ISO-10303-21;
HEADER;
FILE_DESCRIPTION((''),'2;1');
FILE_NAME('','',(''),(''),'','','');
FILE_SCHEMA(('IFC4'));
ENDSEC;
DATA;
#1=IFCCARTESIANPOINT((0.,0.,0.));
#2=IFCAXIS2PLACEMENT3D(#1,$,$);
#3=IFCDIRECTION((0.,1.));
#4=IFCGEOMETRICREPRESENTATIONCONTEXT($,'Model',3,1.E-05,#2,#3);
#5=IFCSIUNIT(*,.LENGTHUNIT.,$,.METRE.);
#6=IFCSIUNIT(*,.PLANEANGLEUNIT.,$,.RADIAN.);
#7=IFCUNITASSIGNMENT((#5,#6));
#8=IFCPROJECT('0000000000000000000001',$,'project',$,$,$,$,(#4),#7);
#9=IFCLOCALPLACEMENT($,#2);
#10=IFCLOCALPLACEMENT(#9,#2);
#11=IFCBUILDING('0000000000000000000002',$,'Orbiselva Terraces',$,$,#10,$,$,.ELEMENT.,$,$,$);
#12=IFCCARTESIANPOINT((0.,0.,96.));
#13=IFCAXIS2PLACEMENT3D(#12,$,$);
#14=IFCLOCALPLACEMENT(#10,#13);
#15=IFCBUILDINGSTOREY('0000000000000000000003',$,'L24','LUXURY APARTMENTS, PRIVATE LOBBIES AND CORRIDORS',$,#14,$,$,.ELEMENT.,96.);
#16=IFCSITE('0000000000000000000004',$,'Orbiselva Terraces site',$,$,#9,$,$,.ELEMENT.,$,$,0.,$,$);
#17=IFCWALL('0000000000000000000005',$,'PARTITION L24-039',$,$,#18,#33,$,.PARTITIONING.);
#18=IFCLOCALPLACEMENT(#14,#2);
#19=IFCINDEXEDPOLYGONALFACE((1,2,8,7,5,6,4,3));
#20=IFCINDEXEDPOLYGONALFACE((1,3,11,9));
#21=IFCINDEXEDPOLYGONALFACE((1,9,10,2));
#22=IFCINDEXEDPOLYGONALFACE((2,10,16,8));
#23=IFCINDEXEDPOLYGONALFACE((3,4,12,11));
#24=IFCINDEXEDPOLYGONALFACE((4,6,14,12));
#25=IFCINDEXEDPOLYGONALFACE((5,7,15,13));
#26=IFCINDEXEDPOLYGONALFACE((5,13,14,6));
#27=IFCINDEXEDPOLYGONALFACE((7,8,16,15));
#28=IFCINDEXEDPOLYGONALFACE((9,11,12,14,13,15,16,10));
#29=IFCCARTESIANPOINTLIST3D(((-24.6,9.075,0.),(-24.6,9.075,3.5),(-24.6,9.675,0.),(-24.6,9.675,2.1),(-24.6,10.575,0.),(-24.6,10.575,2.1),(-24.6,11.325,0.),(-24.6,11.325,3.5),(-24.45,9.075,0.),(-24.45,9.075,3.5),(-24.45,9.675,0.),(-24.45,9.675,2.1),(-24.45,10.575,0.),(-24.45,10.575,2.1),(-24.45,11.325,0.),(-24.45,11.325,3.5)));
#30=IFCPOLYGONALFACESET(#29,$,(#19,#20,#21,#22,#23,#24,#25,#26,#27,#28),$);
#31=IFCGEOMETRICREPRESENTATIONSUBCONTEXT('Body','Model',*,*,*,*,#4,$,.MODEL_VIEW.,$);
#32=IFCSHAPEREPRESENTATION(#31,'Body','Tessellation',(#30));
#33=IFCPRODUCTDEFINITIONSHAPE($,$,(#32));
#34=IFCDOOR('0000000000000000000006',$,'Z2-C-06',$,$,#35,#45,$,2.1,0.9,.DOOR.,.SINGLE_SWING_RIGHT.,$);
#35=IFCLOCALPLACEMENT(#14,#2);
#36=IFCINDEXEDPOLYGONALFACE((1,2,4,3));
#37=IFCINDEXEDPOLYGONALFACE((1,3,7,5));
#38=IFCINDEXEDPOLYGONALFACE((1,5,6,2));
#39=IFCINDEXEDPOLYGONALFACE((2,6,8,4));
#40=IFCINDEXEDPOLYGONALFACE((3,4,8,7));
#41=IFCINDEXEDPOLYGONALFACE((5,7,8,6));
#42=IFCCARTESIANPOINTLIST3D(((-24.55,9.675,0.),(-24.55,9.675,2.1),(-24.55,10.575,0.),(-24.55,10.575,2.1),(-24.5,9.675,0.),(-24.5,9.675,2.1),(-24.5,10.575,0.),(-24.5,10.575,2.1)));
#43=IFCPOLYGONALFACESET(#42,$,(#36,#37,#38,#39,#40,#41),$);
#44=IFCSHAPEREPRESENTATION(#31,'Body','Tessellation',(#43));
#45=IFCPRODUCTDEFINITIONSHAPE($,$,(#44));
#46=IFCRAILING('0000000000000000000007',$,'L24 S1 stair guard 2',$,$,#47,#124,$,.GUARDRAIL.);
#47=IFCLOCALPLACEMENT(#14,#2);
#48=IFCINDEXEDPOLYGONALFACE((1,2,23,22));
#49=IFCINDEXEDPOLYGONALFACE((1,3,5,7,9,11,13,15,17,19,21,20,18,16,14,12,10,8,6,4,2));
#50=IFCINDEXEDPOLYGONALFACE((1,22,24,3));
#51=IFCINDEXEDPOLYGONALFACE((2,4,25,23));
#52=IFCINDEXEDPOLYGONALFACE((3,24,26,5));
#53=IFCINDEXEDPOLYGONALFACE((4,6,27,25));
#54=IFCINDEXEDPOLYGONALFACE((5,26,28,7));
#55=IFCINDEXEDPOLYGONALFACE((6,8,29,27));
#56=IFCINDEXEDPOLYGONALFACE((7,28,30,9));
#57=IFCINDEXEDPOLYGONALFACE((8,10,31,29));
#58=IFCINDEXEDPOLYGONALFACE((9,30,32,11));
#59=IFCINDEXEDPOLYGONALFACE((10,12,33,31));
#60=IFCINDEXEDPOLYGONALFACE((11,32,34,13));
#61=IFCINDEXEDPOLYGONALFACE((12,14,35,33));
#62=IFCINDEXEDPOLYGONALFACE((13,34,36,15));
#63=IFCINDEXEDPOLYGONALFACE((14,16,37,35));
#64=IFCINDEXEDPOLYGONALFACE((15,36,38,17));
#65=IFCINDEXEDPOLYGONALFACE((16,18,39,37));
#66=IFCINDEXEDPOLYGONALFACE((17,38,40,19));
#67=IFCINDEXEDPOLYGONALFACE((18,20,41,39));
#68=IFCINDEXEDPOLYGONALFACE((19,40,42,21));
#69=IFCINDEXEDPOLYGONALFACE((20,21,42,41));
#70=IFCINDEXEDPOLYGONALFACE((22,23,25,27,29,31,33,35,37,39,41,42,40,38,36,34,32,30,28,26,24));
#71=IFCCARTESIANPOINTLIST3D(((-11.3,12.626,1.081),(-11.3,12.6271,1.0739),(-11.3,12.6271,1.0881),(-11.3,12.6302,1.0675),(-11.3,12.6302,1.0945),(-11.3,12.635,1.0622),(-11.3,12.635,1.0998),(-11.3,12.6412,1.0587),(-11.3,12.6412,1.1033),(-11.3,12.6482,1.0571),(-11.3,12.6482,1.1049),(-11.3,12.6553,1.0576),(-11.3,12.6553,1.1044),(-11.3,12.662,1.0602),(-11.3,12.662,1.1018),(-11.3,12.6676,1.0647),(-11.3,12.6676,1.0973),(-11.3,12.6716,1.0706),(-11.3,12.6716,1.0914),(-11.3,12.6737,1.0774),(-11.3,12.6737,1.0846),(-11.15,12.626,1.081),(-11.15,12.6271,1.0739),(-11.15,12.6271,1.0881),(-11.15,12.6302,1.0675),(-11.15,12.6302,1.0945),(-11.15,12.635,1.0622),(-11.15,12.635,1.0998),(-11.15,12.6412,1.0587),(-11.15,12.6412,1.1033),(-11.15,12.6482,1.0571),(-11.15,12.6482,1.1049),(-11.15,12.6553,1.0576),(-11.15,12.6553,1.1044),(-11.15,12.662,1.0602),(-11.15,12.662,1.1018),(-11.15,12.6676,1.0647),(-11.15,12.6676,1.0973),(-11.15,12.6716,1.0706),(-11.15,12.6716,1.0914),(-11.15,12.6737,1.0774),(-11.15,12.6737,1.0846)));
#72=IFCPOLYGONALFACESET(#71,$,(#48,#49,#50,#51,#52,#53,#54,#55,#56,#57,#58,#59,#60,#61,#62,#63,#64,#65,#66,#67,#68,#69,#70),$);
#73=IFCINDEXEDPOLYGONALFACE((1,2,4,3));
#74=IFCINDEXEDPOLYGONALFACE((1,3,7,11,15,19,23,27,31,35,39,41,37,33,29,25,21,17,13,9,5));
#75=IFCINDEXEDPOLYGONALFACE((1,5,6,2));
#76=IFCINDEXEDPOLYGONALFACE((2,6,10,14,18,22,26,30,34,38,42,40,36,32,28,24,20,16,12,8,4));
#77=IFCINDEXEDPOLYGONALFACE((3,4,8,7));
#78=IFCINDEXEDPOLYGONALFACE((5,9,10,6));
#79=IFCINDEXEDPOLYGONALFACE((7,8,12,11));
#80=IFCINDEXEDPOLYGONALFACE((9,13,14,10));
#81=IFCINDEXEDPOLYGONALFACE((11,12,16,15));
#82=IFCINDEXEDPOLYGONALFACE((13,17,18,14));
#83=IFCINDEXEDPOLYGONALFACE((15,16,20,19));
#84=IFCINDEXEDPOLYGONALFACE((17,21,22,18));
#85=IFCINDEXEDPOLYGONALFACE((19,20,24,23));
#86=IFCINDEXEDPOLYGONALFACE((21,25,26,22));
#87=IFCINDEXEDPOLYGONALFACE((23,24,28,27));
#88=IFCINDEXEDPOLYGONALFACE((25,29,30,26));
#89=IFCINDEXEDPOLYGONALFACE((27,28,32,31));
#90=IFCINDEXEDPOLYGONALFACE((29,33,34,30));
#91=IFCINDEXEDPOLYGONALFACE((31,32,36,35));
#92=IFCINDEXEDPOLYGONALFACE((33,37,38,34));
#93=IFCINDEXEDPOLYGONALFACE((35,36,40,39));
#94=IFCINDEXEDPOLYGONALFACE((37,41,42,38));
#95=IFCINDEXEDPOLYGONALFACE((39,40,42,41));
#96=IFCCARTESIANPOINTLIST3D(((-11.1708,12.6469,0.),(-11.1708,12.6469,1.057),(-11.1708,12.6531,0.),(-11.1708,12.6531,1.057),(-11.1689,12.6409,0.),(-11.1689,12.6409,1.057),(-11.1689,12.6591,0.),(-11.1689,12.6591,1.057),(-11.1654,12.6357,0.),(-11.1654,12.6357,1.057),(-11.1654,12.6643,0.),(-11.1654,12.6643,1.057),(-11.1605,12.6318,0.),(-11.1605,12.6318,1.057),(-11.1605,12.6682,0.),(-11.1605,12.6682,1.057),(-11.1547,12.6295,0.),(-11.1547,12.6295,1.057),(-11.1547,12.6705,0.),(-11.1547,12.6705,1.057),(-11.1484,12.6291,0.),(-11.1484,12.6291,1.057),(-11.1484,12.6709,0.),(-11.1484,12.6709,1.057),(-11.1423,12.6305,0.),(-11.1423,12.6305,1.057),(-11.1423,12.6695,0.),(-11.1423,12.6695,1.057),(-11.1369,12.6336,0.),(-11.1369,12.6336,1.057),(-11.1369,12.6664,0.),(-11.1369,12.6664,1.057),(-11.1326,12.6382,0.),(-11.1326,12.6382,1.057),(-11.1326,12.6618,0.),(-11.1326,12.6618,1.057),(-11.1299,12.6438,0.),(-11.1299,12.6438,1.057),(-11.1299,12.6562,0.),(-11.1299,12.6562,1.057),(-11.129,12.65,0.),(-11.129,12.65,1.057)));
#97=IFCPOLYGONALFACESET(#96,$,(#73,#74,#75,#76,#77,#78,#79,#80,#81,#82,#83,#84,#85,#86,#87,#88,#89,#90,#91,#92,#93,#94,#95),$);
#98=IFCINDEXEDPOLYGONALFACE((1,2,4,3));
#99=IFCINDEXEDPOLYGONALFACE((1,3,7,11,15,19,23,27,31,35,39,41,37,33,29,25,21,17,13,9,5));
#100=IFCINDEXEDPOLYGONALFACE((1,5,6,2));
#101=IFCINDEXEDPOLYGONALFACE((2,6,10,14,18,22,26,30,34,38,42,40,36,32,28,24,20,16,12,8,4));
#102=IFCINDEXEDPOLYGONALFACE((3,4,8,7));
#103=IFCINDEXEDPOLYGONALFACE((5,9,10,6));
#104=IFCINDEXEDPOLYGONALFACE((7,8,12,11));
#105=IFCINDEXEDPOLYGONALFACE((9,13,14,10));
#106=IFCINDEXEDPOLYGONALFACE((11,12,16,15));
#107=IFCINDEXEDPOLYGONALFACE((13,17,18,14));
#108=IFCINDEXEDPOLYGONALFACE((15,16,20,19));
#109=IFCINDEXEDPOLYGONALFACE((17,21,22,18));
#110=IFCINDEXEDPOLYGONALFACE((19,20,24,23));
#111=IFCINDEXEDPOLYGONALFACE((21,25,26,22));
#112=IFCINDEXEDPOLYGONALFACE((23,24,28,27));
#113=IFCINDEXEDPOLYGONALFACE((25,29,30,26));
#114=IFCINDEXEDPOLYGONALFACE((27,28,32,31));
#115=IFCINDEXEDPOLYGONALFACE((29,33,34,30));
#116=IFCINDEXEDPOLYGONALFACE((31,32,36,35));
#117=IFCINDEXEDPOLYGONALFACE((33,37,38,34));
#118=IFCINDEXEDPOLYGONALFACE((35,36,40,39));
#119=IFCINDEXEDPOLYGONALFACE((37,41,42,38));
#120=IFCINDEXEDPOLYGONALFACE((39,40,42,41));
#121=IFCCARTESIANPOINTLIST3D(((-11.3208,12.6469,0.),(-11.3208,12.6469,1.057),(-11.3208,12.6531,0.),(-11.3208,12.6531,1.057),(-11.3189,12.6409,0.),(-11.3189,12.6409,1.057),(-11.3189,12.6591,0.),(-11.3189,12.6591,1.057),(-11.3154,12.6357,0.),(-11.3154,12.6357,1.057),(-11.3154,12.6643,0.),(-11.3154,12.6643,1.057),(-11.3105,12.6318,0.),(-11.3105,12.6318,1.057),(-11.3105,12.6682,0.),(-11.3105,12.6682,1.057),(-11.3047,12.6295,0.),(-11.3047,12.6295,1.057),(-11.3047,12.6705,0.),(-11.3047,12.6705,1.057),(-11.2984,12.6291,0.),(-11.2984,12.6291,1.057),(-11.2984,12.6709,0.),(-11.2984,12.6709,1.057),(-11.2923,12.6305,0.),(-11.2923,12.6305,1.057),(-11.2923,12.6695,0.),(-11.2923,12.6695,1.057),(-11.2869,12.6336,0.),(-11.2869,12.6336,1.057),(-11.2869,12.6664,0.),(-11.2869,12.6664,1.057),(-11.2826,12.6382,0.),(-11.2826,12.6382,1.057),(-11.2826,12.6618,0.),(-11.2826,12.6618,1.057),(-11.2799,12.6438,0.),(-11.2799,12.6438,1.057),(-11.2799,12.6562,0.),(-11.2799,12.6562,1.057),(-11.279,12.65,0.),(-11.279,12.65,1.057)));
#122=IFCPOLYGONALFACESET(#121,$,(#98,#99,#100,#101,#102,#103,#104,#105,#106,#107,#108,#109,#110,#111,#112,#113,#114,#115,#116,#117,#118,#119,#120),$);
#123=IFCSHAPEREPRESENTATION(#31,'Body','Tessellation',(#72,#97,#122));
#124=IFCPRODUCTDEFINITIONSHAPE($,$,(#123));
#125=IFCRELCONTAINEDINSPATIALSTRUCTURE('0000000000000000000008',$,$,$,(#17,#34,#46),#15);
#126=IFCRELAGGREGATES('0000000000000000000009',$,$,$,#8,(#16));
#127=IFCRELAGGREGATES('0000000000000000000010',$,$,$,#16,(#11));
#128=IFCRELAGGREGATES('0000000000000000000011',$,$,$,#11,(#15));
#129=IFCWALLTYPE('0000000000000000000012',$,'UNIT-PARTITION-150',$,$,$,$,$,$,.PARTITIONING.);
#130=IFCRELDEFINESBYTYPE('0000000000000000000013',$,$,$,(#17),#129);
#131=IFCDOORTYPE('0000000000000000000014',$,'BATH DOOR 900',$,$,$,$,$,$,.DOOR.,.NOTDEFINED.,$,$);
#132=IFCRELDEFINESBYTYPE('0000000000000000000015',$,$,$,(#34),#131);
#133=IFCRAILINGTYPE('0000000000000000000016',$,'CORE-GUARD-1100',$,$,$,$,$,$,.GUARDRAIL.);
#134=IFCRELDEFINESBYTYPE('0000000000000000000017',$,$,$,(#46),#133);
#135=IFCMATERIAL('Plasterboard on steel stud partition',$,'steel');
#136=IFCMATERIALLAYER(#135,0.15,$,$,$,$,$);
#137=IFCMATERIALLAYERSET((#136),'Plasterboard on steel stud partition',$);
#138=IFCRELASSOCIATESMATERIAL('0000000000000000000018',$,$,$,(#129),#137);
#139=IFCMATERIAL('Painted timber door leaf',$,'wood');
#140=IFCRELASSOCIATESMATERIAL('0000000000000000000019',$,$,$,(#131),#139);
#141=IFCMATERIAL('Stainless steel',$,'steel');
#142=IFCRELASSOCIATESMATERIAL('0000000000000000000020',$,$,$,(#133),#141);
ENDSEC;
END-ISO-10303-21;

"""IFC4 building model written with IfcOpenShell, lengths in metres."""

from ifc_helpers import new_model, si_unit, direction, frame, frame_2d, origin, origin_2d, place, context, subcontext, project, spatial, rectangle, circle, extrude, material, layer, layer_set, type_object, element, fill, save


model = new_model("IFC4")

# Units and contexts
model_context = context("Model", 3, precision=1e-05, world=origin(), true_north=direction((0.0, 1.0)))
body_context = subcontext(model_context, "Body", "Model", "MODEL_VIEW")
ifc_project = project(units=[si_unit("LENGTHUNIT", "METRE"), si_unit("PLANEANGLEUNIT", "RADIAN")], contexts=[model_context])

# Site, building, storey
site_placement = place(None, origin())
site = spatial("IfcSite", under=ifc_project, at=site_placement, Name="Orbiselva Terraces site", CompositionType="ELEMENT", RefElevation=0.0)
building_placement = place(site_placement, origin())
building = spatial("IfcBuilding", under=site, at=building_placement, Name="Orbiselva Terraces", CompositionType="ELEMENT")
storey_placement = place(building_placement, frame((0.0, 0.0, 96.0)))
storey = spatial("IfcBuildingStorey", under=building, at=storey_placement, Name="L24", Description="LUXURY APARTMENTS, PRIVATE LOBBIES AND CORRIDORS", CompositionType="ELEMENT", Elevation=96.0)

# Shared definitions
ifc_material_1 = material(Name="Plasterboard on steel stud partition", Category="steel")

# Shared definitions
ifc_material_2 = material(Name="Painted timber door leaf", Category="wood")

# Shared definitions
ifc_layer_1 = layer(ifc_material_1, 0.15)
ifc_layer_set_1 = layer_set([ifc_layer_1], Name="Plasterboard on steel stud partition")
wall_type_1 = type_object("IfcWallType", Name="UNIT-PARTITION-150", PredefinedType="PARTITIONING", material=ifc_layer_set_1)

# Wall, opening, door
door_type_1 = type_object("IfcDoorType", Name="BATH DOOR 900", OperationType="NOTDEFINED", PredefinedType="DOOR", material=ifc_material_2)
wall_1_placement = place(storey_placement, frame((-24.525, 11.325, 0.0), z_axis=(0.0, 0.0, 1.0), x_axis=(0.0, -1.0, 0.0)))
wall_1 = element("IfcWall", 1, at=wall_1_placement, inside=storey, type_object=wall_type_1, Name="PARTITION L24-039", PredefinedType="PARTITIONING", context=body_context, shape_type="SweptSolid", body=[
    extrude(rectangle(XDim=2.25, YDim=0.15, at=frame_2d((1.125, 0.0))), origin(), (0.0, 0.0, 1.0), 3.5),
])
opening_1_placement = place(wall_1_placement, frame((0.75, 0.0, 0.0)))
opening_1 = element("IfcOpeningElement", 2, at=opening_1_placement, cuts=wall_1, PredefinedType="OPENING", context=body_context, shape_type="SweptSolid", body=[
    extrude(rectangle(XDim=0.9, YDim=2.1, at=frame_2d((0.45, 1.05))), frame((0.0, 0.085, 0.0), z_axis=(0.0, -1.0, 0.0), x_axis=(1.0, 0.0, 0.0)), (0.0, 0.0, 1.0), 0.17),
])
door_1_placement = place(opening_1_placement, origin())
door_1 = element("IfcDoor", 3, at=door_1_placement, inside=storey, type_object=door_type_1, Name="Z2-C-06", OperationType="SINGLE_SWING_RIGHT", OverallHeight=2.1, OverallWidth=0.9, PredefinedType="DOOR", context=body_context, shape_type="SweptSolid", body=[
    extrude(rectangle(XDim=0.9, YDim=2.1, at=frame_2d((0.45, 1.05))), frame((0.0, 0.025, 0.0), z_axis=(0.0, -1.0, 0.0), x_axis=(1.0, 0.0, 0.0)), (0.0, 0.0, 1.0), 0.05),
])
fill(opening_1, door_1)

# Railing
ifc_material_3 = material(Name="Stainless steel", Category="steel")
railing_type_1 = type_object("IfcRailingType", Name="CORE-GUARD-1100", PredefinedType="GUARDRAIL", material=ifc_material_3)
railing_1_placement = place(storey_placement, frame((-11.15, 12.65, 0.0)))
element("IfcRailing", 4, at=railing_1_placement, inside=storey, type_object=railing_type_1, Name="L24 S1 stair guard 2", PredefinedType="GUARDRAIL", context=body_context, shape_type="SweptSolid", body=[
    extrude(circle(Radius=0.024, at=origin_2d()), frame((0.0, 0.0, 1.081), z_axis=(-1.0, 0.0, 0.0), x_axis=(0.0, -1.0, 0.0)), (0.0, 0.0, 1.0), 0.15),
    extrude(circle(Radius=0.021, at=origin_2d()), origin(), (0.0, 0.0, 1.0), 1.057),
    extrude(circle(Radius=0.021, at=origin_2d()), frame((-0.15, 0.0, 0.0)), (0.0, 0.0, 1.0), 1.057),
])

save(model, "model.ifc")
